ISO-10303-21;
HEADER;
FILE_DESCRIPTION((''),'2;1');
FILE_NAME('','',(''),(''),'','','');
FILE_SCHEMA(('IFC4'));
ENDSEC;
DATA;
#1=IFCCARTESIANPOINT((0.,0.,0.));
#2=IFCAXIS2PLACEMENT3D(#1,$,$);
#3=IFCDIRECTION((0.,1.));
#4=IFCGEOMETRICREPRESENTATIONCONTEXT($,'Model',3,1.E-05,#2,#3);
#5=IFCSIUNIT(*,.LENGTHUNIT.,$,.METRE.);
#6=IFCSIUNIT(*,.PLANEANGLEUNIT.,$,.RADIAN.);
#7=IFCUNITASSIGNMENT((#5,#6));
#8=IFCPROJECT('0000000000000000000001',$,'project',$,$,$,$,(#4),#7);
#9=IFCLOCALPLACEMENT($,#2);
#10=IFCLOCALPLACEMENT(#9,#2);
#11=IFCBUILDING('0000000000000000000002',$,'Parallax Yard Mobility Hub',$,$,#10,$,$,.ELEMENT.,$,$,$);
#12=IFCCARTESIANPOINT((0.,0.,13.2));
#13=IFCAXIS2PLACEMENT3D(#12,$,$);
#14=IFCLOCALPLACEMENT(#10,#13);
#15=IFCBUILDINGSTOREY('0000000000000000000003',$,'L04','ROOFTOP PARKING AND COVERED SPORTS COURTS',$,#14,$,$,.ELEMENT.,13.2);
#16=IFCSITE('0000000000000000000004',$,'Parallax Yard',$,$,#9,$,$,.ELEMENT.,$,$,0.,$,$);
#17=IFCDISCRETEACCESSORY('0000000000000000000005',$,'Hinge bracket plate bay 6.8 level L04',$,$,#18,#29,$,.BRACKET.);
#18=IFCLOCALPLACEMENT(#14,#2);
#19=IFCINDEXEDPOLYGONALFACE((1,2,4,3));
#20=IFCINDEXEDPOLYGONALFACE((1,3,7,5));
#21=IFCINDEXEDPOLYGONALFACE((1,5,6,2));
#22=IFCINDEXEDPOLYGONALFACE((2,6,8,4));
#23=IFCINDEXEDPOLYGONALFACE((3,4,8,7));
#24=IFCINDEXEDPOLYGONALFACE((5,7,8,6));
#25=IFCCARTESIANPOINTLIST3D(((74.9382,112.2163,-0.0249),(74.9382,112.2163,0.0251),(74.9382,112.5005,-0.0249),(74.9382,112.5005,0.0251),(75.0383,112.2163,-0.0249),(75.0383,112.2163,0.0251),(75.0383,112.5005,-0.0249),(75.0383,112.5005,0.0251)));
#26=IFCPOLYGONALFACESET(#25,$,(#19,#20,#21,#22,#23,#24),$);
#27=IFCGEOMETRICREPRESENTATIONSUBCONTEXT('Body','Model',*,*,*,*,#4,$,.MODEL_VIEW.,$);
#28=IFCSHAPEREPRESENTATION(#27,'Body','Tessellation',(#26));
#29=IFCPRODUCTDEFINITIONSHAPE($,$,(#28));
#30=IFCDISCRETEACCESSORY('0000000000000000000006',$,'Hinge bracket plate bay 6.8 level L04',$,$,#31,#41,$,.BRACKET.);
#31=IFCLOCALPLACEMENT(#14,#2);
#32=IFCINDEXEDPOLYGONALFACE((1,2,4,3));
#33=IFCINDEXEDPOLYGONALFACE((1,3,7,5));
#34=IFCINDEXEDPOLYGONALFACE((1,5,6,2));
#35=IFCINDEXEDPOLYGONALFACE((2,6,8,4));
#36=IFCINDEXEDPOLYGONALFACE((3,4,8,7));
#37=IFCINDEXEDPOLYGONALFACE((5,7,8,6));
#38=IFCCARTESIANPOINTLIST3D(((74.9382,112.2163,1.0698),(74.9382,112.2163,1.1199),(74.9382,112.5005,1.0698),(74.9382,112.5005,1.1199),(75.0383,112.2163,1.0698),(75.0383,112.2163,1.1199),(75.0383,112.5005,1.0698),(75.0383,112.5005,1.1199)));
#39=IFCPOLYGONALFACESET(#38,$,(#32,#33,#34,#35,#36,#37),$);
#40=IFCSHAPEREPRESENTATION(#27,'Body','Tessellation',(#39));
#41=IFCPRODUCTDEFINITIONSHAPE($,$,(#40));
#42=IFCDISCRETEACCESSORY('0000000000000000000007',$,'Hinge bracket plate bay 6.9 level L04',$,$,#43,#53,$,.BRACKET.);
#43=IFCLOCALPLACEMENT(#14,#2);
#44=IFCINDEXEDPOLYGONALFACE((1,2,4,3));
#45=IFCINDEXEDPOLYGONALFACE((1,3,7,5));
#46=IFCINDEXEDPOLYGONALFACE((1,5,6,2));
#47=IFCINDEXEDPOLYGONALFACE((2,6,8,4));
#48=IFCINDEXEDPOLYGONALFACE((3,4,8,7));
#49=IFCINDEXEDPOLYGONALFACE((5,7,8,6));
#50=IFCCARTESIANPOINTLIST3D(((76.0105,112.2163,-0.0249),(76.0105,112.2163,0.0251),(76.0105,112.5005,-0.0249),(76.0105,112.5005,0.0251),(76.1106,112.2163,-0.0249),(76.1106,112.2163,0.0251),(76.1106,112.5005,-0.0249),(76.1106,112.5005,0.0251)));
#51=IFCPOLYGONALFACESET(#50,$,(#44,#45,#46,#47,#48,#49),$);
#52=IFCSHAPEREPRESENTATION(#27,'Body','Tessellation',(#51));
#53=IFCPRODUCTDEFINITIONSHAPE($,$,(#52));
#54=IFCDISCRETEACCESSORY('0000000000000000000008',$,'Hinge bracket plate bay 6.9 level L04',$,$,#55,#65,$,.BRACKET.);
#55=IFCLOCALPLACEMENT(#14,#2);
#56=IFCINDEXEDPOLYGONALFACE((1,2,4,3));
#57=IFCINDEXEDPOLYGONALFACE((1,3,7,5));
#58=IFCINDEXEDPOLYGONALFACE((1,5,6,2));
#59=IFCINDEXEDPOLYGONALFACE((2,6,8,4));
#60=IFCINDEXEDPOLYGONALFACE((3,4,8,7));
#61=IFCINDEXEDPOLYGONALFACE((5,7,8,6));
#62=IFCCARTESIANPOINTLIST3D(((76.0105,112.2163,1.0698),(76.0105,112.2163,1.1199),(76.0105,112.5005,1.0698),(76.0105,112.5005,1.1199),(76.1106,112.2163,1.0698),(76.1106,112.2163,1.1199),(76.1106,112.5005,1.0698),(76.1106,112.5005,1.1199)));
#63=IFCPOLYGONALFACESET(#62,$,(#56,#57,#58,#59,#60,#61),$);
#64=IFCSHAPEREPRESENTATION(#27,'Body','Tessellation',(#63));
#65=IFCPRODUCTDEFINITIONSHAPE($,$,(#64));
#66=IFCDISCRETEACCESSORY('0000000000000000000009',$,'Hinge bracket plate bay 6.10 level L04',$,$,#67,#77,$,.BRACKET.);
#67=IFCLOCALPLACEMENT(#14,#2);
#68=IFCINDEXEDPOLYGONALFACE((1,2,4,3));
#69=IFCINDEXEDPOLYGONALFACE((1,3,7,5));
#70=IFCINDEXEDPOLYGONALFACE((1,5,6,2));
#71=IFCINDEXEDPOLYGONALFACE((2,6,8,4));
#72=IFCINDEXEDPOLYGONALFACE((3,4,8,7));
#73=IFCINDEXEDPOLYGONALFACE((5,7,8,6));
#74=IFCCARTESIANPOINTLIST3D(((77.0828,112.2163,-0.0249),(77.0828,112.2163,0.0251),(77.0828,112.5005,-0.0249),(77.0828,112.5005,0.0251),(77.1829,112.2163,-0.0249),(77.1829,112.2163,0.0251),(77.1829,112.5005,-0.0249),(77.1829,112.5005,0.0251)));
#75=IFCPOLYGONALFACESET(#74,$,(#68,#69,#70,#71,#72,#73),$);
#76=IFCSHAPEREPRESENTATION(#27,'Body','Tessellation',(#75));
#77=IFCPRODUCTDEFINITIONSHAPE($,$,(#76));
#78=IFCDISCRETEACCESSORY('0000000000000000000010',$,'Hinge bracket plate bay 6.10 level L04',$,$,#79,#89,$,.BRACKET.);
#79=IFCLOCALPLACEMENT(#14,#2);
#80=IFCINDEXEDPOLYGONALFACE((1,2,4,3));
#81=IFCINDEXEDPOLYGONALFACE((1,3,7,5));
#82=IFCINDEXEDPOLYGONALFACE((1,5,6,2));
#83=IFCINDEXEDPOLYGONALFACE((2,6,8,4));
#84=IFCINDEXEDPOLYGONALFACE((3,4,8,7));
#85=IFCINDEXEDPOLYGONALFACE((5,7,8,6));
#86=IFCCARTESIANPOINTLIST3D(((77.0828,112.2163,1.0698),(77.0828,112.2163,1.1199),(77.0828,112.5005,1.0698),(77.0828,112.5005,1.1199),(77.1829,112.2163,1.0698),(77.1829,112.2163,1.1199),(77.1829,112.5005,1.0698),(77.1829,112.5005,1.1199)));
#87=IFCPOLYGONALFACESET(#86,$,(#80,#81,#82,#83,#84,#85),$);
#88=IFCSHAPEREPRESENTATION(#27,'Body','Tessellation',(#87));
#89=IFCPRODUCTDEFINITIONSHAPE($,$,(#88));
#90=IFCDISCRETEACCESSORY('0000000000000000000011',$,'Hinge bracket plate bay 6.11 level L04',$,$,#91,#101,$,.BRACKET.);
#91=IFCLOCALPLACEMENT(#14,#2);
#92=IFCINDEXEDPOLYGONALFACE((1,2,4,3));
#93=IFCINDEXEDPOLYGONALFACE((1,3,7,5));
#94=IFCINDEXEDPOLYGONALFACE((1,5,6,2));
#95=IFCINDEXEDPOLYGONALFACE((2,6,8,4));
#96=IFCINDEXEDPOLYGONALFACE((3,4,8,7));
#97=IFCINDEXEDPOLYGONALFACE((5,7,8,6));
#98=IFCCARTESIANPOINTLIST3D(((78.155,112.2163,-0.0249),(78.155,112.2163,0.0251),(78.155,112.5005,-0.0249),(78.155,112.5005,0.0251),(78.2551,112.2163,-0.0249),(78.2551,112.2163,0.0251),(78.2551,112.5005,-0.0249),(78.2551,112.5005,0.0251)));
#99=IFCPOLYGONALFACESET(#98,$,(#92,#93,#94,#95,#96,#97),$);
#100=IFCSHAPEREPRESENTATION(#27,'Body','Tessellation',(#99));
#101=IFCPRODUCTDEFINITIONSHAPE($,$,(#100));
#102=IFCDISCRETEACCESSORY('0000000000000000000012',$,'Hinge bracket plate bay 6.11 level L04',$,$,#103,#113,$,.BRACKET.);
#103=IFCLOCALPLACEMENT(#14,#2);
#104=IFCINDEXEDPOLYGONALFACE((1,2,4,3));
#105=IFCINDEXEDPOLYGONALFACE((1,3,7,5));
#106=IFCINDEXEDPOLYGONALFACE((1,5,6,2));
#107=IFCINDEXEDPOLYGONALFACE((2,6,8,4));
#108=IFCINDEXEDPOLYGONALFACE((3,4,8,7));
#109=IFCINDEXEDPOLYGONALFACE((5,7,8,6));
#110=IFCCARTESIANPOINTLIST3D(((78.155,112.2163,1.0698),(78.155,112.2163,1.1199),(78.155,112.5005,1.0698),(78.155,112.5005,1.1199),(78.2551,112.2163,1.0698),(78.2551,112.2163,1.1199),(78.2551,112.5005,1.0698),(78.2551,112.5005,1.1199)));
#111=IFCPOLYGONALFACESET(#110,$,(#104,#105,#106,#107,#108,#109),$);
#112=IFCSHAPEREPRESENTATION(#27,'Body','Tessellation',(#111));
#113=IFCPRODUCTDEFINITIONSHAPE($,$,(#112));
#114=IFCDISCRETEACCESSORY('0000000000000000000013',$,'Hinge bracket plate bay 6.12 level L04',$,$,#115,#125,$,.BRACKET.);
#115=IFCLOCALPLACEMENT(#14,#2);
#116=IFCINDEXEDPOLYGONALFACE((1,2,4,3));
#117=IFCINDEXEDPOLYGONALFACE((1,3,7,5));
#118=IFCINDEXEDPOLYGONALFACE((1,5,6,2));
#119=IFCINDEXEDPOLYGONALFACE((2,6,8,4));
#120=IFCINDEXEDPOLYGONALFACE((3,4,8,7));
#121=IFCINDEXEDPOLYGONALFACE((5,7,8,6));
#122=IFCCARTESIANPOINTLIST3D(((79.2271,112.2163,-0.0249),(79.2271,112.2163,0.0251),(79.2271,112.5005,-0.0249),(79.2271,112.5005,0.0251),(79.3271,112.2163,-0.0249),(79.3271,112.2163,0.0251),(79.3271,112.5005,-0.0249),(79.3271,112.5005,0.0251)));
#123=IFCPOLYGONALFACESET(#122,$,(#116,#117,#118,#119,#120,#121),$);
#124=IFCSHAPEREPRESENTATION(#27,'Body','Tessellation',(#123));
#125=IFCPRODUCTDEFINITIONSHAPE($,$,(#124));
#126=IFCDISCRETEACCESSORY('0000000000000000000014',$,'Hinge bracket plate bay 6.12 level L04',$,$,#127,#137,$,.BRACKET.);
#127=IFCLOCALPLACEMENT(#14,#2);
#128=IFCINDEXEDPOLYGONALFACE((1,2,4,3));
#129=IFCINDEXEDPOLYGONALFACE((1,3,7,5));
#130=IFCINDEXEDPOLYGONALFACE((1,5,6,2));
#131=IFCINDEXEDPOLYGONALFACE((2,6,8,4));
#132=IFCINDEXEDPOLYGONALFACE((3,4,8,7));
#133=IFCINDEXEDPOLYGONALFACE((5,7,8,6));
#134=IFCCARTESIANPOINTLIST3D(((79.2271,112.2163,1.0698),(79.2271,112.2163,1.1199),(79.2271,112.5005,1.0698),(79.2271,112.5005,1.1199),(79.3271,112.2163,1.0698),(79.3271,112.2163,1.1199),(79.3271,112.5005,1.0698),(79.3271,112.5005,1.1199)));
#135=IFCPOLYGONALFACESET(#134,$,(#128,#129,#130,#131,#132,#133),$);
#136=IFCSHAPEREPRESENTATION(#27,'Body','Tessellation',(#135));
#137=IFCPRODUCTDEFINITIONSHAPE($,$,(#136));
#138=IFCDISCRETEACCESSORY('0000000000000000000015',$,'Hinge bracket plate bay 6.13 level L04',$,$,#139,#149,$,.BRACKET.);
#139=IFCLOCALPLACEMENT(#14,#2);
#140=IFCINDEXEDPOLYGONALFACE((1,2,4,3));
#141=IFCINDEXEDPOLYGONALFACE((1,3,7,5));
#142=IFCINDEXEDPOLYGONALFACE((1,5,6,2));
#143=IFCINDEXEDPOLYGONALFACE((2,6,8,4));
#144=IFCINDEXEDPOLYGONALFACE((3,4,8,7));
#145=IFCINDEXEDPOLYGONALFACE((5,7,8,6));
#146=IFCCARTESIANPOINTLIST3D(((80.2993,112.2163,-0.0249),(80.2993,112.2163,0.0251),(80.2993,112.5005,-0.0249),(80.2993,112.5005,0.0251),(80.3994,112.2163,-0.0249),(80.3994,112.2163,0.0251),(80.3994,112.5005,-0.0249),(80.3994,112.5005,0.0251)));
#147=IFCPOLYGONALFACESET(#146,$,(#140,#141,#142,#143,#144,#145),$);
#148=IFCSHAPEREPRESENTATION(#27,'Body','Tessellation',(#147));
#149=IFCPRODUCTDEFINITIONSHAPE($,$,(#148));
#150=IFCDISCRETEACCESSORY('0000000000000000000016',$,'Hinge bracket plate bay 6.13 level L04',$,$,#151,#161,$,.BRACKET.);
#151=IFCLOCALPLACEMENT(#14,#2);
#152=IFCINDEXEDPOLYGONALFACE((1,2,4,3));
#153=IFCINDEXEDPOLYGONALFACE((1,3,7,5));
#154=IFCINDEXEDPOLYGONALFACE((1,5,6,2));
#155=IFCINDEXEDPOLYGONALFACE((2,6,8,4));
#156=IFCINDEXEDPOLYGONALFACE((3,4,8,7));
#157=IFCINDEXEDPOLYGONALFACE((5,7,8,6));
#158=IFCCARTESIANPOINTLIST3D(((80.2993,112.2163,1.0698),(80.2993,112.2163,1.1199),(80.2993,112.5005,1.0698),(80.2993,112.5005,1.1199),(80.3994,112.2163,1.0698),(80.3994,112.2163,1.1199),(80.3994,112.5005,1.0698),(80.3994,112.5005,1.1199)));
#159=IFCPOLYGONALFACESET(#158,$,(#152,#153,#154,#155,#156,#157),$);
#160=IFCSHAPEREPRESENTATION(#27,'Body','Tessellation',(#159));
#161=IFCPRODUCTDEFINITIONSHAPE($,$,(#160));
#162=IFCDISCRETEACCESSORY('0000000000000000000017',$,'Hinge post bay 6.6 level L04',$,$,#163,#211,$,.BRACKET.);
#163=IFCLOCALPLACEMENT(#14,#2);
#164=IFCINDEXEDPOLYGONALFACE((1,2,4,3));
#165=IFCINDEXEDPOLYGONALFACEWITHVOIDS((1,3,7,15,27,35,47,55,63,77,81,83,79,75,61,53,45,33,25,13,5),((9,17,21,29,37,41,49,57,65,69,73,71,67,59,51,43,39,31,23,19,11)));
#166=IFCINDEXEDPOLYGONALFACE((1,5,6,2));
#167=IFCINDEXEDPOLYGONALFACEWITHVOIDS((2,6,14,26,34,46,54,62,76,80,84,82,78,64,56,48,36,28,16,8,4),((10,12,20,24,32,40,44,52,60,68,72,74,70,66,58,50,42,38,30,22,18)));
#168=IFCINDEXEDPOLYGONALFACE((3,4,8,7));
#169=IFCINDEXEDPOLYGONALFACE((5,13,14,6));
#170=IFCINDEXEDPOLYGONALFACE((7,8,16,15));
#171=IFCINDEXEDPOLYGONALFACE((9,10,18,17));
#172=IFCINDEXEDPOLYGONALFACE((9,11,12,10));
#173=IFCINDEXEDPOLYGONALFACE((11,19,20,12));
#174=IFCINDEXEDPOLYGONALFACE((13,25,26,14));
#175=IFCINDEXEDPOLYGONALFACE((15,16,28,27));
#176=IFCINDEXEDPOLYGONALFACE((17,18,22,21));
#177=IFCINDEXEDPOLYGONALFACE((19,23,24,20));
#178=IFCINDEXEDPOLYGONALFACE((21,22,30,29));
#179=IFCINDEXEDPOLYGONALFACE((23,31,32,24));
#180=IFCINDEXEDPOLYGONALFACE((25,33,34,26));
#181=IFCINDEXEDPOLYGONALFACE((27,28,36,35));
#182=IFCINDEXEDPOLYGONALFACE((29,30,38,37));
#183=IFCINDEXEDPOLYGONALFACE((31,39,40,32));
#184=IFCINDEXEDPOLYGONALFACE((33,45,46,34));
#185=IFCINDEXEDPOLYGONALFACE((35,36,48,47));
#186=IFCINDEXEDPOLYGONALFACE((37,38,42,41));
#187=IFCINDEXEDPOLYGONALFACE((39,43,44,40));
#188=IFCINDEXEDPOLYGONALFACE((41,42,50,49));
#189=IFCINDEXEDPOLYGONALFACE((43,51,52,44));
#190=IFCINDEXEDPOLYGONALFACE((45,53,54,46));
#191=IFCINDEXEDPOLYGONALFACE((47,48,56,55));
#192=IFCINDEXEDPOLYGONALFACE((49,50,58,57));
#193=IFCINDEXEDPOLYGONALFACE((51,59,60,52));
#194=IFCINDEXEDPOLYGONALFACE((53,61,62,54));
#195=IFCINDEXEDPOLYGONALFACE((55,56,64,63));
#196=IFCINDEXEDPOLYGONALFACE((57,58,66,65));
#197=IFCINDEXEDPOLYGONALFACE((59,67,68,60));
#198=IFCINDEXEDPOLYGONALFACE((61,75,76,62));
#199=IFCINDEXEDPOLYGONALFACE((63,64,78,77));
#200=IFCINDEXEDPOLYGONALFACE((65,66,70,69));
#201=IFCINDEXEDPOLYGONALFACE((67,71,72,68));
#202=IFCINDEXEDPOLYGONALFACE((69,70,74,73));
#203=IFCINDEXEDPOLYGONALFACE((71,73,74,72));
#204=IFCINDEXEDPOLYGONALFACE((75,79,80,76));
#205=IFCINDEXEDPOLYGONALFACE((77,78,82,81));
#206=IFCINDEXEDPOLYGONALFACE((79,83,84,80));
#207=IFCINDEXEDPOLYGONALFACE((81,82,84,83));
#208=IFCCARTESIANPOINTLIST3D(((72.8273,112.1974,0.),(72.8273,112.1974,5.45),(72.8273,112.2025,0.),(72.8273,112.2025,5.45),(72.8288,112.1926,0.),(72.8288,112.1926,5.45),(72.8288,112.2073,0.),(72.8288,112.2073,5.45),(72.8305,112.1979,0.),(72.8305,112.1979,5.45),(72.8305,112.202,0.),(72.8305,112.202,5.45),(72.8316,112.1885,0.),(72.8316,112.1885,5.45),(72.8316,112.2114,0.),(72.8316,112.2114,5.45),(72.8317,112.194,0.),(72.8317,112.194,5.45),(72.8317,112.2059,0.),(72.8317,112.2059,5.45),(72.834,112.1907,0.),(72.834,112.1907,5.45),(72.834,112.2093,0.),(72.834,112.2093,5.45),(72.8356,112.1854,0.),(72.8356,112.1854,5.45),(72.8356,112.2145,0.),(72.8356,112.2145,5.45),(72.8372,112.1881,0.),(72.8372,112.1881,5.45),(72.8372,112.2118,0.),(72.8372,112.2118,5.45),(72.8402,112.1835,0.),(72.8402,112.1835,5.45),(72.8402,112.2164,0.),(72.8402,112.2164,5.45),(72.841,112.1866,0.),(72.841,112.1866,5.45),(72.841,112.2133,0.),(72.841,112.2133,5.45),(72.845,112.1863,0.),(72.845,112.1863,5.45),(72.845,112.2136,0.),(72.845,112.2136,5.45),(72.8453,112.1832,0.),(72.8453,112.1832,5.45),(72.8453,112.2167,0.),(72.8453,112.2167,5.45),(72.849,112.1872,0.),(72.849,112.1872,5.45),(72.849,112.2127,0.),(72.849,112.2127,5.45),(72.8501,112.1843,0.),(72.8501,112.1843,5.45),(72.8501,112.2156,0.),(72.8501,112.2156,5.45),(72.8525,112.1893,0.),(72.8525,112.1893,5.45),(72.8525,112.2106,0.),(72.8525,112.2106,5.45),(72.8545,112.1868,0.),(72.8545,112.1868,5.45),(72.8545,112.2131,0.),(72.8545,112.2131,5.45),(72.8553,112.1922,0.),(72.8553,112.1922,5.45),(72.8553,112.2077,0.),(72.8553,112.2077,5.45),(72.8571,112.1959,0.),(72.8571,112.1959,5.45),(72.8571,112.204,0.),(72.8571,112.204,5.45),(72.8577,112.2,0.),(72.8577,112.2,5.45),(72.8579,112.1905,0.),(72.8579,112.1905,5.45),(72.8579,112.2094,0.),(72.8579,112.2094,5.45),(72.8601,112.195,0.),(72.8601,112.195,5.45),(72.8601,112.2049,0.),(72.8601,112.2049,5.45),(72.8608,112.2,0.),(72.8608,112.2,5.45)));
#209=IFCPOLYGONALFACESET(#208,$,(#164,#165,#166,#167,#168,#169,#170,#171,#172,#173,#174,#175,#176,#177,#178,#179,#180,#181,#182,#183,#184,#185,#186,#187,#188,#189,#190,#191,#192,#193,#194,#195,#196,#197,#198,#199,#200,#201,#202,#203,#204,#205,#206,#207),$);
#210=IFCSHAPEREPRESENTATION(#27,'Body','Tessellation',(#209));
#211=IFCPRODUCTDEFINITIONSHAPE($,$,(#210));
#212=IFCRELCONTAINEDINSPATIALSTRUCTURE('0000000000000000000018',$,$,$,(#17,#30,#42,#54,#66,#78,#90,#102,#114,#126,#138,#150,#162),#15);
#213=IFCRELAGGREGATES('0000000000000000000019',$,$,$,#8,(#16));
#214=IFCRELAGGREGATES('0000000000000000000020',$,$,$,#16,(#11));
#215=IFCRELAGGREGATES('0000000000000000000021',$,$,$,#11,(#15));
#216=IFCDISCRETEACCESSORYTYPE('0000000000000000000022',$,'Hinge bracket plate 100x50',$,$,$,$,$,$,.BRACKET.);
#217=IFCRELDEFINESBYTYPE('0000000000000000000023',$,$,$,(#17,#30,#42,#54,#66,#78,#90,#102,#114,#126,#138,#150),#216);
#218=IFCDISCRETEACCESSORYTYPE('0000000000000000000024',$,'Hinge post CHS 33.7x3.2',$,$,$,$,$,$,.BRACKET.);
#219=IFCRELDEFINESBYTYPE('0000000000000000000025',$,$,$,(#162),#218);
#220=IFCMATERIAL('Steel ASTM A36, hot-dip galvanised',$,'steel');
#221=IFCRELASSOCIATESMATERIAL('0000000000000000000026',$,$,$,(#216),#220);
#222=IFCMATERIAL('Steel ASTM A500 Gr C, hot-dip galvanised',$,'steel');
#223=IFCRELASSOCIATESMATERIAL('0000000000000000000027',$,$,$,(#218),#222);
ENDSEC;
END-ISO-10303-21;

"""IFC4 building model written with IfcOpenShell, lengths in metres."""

from ifc_helpers import new_model, si_unit, direction, frame, origin, origin_2d, place, context, subcontext, project, spatial, rectangle, hollow_circle, extrude, material, material_profile, profile_set, type_object, element, save


model = new_model("IFC4")

# Units and contexts
model_context = context("Model", 3, precision=1e-05, world=origin(), true_north=direction((0.0, 1.0)))
body_context = subcontext(model_context, "Body", "Model", "MODEL_VIEW")
ifc_project = project(units=[si_unit("LENGTHUNIT", "METRE"), si_unit("PLANEANGLEUNIT", "RADIAN")], contexts=[model_context])

# Site, building, storey
site_placement = place(None, origin())
site = spatial("IfcSite", under=ifc_project, at=site_placement, Name="Parallax Yard", CompositionType="ELEMENT", RefElevation=0.0)
building_placement = place(site_placement, origin())
building = spatial("IfcBuilding", under=site, at=building_placement, Name="Parallax Yard Mobility Hub", CompositionType="ELEMENT")
storey_placement = place(building_placement, frame((0.0, 0.0, 13.2)))
storey = spatial("IfcBuildingStorey", under=building, at=storey_placement, Name="L04", Description="ROOFTOP PARKING AND COVERED SPORTS COURTS", CompositionType="ELEMENT", Elevation=13.2)

# Discrete accessories
ifc_material_1 = material(Name="Steel ASTM A36, hot-dip galvanised", Category="steel")
discrete_accessory_type_1 = type_object("IfcDiscreteAccessoryType", Name="Hinge bracket plate 100x50", PredefinedType="BRACKET", material=ifc_material_1)
for number, where, z_axis, x_axis, name in (
    (1, (74.9883, 112.3584, -0.0249), (0.0, 0.0, 1.0), (0.0, -1.0, 0.0), "Hinge bracket plate bay 6.8 level L04"),
    (2, (74.9883, 112.3584, 1.0698), (0.0, 0.0, 1.0), (0.0, -1.0, 0.0), "Hinge bracket plate bay 6.8 level L04"),
    (3, (76.0605, 112.3584, -0.0249), (0.0, 0.0, 1.0), (0.0, -1.0, 0.0), "Hinge bracket plate bay 6.9 level L04"),
    (4, (76.0605, 112.3584, 1.0698), (0.0, 0.0, 1.0), (0.0, -1.0, 0.0), "Hinge bracket plate bay 6.9 level L04"),
    (5, (77.1328, 112.3584, -0.0249), (0.0, 0.0, 1.0), (0.0, -1.0, 0.0), "Hinge bracket plate bay 6.10 level L04"),
    (6, (77.1328, 112.3584, 1.0698), (0.0, 0.0, 1.0), (0.0, -1.0, 0.0), "Hinge bracket plate bay 6.10 level L04"),
    (7, (78.2051, 112.3584, -0.0249), (0.0, 0.0, 1.0), (0.0, -1.0, 0.0), "Hinge bracket plate bay 6.11 level L04"),
    (8, (78.2051, 112.3584, 1.0698), (0.0, 0.0, 1.0), (0.0, -1.0, 0.0), "Hinge bracket plate bay 6.11 level L04"),
    (9, (79.2771, 112.3584, -0.0249), (0.0, 0.0, 1.0), (0.0, -1.0, 0.0), "Hinge bracket plate bay 6.12 level L04"),
    (10, (79.2771, 112.3584, 1.0698), (0.0, 0.0, 1.0), (0.0, -1.0, 0.0), "Hinge bracket plate bay 6.12 level L04"),
    (11, (80.3494, 112.3584, -0.0249), (0.0, 0.0, 1.0), (0.0, -1.0, 0.0), "Hinge bracket plate bay 6.13 level L04"),
    (12, (80.3494, 112.3584, 1.0698), (0.0, 0.0, 1.0), (0.0, -1.0, 0.0), "Hinge bracket plate bay 6.13 level L04"),
):
    element("IfcDiscreteAccessory", number, at=place(storey_placement, frame(where, z_axis=z_axis, x_axis=x_axis)), inside=storey, type_object=discrete_accessory_type_1, Name=name, PredefinedType="BRACKET", context=body_context, shape_type="SweptSolid", body=[
        extrude(rectangle(XDim=0.2842, YDim=0.1001, at=origin_2d()), origin(), (0.0, 0.0, 1.0), 0.05),
    ])
ifc_material_2 = material(Name="Steel ASTM A500 Gr C, hot-dip galvanised", Category="steel")
ifc_material_profile = material_profile(ifc_material_2, hollow_circle(Radius=0.0168, WallThickness=0.0032, at=origin_2d()), Name="CHS 33.7x3.2")
ifc_profile_set = profile_set([ifc_material_profile], Name="Steel ASTM A500 Gr C, hot-dip galvanised")
discrete_accessory_type_2 = type_object("IfcDiscreteAccessoryType", Name="Hinge post CHS 33.7x3.2", PredefinedType="BRACKET", material=ifc_profile_set)
for number, where, z_axis, x_axis, name in (
    (13, (72.844, 112.2, 0.0), (0.0, 0.0, 1.0), (1.0, 0.0, 0.0), "Hinge post bay 6.6 level L04"),
):
    element("IfcDiscreteAccessory", number, at=place(storey_placement, frame(where, z_axis=z_axis, x_axis=x_axis)), inside=storey, type_object=discrete_accessory_type_2, Name=name, PredefinedType="BRACKET", context=body_context, shape_type="SweptSolid", body=[
        extrude(hollow_circle(Radius=0.0168, WallThickness=0.0032, at=origin_2d()), origin(), (0.0, 0.0, 1.0), 5.45),
    ])

save(model, "model.ifc")
